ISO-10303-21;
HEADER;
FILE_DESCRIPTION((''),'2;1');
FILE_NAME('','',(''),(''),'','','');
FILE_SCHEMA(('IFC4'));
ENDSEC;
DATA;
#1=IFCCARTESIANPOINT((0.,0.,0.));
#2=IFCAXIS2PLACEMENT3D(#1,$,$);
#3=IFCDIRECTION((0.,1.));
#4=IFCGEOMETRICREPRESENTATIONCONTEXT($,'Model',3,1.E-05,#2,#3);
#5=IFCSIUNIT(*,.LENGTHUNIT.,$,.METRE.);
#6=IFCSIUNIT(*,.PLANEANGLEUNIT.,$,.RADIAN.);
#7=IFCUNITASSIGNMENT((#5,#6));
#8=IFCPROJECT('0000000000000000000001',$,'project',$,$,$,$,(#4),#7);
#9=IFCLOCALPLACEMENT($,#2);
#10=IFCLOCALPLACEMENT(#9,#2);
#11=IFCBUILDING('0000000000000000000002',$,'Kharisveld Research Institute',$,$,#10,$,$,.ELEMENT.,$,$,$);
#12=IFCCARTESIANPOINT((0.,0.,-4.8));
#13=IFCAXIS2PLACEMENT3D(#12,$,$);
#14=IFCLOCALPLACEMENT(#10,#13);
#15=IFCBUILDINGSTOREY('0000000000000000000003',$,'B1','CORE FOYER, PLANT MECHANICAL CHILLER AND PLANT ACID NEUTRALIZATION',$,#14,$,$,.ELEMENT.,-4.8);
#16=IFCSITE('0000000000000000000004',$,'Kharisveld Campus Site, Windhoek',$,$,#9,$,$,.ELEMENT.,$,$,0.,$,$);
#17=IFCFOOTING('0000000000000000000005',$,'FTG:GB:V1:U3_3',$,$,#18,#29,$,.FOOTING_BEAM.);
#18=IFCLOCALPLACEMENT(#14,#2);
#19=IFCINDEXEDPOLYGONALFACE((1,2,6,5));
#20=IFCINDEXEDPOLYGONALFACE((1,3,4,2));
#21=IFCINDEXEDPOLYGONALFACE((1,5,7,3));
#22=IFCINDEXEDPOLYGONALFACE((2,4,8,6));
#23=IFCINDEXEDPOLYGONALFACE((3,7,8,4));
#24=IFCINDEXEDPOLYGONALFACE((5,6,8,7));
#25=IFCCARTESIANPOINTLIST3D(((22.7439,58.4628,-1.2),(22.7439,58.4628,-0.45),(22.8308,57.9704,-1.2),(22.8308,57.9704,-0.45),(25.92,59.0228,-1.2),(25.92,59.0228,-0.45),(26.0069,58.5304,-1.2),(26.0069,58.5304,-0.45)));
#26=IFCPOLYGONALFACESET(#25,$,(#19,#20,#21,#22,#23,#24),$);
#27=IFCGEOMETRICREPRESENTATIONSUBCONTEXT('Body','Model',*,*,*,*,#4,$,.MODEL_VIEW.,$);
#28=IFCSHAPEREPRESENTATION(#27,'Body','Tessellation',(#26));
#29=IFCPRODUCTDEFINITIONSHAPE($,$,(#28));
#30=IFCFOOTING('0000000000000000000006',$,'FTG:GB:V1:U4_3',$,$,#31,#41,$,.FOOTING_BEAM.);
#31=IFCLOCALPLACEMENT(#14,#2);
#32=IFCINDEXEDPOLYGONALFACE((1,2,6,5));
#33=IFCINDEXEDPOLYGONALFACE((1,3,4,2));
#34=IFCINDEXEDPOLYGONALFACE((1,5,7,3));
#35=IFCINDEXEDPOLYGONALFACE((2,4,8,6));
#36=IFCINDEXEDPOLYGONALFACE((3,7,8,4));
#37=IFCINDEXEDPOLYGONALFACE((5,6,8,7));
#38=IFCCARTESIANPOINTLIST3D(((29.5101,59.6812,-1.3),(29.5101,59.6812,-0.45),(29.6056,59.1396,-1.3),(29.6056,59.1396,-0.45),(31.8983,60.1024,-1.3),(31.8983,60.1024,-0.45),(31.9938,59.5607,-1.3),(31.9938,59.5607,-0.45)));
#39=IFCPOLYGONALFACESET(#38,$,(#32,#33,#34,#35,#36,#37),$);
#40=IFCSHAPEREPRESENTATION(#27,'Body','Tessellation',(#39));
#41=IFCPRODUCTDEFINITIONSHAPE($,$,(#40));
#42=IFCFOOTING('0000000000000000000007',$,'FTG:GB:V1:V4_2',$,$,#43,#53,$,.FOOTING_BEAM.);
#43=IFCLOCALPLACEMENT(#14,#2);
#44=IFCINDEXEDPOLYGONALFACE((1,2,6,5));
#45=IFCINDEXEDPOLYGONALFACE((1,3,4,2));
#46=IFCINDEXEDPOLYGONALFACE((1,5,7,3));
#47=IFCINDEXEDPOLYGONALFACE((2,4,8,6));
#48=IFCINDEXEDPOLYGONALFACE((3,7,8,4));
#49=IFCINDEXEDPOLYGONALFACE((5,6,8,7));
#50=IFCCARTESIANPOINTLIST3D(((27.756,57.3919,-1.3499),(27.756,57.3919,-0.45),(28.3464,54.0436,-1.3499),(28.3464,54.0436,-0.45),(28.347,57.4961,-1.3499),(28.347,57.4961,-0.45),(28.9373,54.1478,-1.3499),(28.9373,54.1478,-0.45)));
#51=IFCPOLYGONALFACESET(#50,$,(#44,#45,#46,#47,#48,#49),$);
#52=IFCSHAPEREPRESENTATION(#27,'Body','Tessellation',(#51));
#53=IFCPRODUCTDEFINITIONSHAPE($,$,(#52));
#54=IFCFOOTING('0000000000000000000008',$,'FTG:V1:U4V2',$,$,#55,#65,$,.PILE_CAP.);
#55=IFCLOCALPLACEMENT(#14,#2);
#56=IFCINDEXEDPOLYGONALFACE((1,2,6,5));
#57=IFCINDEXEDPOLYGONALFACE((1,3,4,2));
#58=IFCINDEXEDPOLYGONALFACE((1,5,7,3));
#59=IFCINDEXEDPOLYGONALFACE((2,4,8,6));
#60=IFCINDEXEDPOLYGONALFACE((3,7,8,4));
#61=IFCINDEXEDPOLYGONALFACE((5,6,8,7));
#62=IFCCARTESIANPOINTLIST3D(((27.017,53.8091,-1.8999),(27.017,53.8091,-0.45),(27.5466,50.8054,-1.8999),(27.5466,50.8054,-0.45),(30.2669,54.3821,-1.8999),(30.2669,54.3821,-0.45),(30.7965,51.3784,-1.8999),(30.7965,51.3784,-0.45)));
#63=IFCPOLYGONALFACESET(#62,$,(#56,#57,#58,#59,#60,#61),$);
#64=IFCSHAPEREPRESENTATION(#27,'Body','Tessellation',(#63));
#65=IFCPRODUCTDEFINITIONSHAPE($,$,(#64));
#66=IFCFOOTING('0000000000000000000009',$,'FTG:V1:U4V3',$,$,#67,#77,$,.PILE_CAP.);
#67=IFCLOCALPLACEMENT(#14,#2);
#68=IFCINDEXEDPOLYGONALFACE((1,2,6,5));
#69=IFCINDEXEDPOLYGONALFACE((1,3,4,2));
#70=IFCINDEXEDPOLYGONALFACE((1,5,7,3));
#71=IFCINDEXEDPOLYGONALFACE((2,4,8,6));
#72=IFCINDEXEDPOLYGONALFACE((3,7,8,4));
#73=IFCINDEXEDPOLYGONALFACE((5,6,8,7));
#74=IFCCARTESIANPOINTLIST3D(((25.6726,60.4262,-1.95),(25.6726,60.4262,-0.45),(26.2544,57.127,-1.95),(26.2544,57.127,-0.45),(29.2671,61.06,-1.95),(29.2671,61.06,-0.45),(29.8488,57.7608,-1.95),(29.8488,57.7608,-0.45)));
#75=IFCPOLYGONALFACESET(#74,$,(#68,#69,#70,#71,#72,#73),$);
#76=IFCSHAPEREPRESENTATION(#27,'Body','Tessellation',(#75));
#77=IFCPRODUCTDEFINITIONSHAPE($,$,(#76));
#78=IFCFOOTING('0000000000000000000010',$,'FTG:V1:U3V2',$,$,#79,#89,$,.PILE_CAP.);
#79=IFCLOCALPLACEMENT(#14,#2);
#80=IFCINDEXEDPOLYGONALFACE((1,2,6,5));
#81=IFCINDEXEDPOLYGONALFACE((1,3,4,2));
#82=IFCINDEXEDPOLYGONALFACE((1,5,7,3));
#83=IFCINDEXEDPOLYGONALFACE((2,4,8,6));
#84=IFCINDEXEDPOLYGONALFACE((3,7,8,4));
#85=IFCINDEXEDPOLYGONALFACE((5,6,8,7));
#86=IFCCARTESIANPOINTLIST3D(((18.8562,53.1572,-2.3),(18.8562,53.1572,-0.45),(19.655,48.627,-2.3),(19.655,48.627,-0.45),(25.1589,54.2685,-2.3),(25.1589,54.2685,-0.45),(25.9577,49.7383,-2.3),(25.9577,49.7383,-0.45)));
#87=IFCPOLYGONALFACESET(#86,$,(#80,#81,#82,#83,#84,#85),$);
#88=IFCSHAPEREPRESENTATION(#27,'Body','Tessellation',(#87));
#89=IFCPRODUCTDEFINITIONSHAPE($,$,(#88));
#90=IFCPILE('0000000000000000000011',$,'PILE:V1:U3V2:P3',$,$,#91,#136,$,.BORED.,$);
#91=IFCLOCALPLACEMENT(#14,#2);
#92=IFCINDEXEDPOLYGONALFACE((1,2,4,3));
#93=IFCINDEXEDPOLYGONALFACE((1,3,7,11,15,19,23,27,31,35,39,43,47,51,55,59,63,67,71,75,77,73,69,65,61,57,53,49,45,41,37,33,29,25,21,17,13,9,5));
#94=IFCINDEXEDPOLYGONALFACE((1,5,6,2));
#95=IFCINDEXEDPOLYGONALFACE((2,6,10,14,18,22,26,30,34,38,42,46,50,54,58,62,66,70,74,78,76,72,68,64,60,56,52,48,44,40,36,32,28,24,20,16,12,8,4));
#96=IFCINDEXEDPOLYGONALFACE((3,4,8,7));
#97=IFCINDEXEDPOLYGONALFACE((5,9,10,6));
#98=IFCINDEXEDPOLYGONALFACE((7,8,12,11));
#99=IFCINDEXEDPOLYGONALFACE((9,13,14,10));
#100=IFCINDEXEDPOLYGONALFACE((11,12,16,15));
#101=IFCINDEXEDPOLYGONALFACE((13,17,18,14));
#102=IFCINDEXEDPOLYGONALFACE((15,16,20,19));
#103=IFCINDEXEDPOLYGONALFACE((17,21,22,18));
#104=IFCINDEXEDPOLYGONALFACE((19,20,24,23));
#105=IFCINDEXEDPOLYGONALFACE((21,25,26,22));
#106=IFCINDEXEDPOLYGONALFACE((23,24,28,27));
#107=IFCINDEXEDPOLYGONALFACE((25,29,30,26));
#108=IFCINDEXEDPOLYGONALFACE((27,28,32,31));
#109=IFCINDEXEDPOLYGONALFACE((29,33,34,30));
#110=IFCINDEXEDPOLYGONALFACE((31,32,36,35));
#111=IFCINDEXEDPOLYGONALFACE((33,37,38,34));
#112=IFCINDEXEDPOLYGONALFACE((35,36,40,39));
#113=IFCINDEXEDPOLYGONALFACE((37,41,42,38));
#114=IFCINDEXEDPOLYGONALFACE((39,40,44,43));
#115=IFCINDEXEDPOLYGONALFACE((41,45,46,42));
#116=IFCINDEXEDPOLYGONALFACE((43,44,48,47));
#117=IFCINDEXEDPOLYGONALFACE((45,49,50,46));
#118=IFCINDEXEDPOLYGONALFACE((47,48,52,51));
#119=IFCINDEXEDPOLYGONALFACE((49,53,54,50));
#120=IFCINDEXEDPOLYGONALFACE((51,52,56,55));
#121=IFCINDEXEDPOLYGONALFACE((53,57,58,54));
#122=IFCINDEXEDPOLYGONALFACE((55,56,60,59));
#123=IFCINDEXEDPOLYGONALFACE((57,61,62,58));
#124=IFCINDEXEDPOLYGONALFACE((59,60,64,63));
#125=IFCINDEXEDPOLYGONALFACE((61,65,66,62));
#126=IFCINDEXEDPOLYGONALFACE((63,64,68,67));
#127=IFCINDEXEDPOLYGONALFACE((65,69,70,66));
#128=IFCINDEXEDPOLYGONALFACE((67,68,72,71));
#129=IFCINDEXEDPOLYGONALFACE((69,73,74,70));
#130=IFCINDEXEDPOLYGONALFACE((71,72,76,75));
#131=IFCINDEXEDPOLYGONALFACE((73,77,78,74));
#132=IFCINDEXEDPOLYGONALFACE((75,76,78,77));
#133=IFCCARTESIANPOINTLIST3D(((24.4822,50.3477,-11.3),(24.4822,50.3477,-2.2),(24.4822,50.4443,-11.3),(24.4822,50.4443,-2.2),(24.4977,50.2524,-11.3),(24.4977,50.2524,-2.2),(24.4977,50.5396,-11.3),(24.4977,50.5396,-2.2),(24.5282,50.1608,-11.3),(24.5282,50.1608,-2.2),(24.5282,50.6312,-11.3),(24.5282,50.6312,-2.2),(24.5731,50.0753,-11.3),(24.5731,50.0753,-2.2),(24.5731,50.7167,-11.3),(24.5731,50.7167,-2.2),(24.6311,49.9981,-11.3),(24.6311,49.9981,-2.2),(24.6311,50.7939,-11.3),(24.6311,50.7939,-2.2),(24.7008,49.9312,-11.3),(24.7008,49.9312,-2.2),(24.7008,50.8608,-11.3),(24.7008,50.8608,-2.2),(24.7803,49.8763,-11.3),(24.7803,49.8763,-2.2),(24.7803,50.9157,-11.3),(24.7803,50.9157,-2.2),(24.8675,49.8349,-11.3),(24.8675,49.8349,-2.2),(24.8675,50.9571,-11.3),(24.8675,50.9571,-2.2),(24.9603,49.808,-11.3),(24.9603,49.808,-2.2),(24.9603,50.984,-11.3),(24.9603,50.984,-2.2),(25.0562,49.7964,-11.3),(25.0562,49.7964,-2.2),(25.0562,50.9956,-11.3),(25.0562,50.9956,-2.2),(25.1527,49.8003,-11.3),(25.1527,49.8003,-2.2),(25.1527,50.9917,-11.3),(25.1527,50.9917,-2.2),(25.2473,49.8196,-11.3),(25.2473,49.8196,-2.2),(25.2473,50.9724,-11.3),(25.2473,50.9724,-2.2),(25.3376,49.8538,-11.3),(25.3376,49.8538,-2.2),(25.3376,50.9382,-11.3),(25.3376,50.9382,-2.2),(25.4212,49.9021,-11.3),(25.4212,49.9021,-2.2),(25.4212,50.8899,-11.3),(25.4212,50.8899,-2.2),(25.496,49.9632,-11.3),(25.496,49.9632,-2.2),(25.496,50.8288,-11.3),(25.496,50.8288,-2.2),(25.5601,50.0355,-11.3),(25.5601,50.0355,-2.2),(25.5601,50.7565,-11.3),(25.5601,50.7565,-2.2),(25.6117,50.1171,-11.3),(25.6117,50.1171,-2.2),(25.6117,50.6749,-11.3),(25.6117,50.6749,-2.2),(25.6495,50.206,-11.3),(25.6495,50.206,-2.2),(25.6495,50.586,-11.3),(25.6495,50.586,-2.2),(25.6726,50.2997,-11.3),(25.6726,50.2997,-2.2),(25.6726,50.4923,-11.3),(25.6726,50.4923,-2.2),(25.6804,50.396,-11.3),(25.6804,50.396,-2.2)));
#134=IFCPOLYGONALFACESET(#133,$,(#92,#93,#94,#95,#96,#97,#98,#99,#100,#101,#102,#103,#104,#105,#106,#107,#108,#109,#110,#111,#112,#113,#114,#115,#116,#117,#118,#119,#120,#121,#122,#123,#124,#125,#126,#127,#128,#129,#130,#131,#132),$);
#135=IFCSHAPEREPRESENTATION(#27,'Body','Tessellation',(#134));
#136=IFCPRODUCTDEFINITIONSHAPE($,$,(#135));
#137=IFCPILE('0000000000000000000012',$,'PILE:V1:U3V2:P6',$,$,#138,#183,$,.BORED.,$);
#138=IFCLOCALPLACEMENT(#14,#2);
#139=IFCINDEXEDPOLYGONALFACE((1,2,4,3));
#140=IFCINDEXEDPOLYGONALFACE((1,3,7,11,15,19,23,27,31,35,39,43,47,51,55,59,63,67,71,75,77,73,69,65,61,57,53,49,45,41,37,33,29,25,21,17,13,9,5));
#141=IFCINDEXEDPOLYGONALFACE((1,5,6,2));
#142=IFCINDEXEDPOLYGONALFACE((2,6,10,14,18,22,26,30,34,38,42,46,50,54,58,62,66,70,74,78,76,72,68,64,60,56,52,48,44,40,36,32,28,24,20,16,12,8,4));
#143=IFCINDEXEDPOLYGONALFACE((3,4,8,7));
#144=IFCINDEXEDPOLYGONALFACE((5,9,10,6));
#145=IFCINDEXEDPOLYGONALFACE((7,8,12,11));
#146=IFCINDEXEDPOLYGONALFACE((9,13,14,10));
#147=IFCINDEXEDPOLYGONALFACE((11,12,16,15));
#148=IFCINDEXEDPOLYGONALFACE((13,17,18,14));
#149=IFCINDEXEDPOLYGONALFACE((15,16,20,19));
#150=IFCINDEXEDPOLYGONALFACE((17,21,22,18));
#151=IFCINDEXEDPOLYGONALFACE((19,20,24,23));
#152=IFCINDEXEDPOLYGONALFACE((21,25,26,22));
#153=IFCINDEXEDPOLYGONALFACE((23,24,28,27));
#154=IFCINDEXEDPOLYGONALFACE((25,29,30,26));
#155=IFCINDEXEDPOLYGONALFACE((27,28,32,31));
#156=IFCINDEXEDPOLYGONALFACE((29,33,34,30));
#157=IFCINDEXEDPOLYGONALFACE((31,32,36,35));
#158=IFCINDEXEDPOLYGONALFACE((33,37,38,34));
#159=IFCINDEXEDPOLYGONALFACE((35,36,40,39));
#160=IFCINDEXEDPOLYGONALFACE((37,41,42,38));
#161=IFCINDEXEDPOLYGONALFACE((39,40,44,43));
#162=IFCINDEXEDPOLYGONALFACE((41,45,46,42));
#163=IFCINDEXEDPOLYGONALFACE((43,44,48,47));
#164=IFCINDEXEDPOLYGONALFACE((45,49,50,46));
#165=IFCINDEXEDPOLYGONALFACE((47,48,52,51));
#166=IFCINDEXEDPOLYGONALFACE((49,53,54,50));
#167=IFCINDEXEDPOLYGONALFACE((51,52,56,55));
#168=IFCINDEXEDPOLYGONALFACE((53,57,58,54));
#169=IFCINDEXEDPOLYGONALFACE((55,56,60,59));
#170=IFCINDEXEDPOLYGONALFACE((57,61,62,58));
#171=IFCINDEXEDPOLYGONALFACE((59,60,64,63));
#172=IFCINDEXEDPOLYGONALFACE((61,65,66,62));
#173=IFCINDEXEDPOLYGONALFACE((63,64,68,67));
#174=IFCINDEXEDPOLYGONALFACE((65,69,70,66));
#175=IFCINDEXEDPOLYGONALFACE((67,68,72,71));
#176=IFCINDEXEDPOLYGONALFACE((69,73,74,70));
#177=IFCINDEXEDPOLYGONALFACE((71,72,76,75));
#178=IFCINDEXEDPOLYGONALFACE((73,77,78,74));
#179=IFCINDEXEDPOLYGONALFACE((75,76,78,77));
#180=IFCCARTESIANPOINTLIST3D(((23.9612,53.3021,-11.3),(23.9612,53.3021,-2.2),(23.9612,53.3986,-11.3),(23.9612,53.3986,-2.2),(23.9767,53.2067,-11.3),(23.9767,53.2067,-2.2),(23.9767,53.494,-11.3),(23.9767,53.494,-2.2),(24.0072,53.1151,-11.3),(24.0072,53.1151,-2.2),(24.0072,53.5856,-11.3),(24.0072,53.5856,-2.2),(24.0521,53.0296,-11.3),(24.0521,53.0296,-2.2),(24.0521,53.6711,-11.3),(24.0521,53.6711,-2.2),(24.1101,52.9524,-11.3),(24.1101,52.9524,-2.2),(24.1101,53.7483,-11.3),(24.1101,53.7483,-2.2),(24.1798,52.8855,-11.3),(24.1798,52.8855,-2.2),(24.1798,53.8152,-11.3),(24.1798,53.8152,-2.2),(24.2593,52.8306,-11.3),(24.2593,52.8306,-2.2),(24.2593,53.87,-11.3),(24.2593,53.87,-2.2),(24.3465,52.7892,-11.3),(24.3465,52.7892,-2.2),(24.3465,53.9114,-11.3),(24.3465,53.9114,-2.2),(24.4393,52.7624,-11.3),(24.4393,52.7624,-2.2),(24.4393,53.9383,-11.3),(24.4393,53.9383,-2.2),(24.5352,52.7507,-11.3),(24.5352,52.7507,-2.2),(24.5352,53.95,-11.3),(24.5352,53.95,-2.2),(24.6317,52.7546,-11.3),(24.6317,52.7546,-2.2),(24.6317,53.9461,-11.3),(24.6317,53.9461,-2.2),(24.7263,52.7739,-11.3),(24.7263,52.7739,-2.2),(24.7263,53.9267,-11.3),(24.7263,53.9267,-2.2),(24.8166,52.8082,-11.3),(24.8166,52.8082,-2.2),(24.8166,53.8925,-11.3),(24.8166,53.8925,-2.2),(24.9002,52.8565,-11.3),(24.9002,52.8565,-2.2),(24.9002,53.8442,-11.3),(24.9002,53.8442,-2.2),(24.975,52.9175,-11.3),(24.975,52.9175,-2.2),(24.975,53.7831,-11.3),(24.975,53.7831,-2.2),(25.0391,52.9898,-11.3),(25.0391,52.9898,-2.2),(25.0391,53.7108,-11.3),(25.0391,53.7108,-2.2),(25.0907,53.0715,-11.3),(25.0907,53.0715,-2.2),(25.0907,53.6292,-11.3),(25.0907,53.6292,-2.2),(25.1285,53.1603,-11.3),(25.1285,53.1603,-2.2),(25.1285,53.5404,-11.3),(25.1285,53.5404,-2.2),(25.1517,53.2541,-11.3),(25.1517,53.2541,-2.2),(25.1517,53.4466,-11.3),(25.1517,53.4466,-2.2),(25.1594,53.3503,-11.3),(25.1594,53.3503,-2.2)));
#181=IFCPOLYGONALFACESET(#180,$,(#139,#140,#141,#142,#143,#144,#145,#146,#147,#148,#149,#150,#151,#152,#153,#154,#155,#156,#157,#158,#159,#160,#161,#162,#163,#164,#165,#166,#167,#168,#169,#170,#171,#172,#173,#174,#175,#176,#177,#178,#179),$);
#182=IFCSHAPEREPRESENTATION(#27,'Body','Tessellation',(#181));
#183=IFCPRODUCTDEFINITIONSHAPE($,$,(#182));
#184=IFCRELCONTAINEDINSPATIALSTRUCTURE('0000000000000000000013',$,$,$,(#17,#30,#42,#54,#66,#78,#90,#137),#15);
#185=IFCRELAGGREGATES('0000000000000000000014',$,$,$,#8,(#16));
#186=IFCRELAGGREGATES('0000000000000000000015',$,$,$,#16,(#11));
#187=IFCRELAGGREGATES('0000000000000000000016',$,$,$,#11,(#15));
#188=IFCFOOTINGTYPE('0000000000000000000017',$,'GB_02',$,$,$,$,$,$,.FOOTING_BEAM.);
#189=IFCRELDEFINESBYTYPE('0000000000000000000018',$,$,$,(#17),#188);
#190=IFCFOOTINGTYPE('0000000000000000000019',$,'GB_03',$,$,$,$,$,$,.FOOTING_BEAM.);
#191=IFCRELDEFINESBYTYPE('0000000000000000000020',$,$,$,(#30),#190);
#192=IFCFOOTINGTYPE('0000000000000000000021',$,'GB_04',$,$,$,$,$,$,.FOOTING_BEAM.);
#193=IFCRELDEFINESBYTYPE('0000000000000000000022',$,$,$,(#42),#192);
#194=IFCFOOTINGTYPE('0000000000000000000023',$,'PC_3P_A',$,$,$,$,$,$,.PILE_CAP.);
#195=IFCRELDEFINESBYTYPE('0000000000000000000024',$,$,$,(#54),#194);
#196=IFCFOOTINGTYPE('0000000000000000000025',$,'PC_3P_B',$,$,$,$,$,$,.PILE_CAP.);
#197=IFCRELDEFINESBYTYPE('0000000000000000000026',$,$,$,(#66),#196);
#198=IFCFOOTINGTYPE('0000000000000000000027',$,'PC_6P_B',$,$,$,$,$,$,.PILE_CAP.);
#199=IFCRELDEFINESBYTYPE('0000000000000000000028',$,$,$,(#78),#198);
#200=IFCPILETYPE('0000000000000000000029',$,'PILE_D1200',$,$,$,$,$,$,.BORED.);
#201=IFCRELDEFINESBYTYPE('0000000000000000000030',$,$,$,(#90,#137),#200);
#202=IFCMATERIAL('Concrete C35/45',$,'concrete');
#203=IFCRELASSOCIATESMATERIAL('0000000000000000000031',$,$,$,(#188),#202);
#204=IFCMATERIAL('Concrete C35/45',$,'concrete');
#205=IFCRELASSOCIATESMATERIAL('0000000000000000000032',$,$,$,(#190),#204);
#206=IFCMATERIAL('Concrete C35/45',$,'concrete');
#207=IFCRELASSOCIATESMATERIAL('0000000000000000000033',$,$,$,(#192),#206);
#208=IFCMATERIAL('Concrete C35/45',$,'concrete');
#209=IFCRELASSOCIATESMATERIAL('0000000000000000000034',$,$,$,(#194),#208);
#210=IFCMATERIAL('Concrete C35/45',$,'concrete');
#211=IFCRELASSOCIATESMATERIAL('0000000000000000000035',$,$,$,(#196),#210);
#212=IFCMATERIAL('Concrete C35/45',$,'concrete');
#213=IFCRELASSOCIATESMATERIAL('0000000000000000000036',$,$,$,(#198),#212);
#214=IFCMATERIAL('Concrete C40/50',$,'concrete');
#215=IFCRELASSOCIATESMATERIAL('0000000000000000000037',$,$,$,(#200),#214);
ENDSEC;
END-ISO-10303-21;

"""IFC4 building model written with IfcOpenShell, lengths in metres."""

from ifc_helpers import new_model, si_unit, direction, frame, origin, origin_2d, place, context, subcontext, project, spatial, rectangle, circle, extrude, material, material_profile, profile_set, type_object, element, save


model = new_model("IFC4")

# Units and contexts
model_context = context("Model", 3, precision=1e-05, world=origin(), true_north=direction((0.0, 1.0)))
body_context = subcontext(model_context, "Body", "Model", "MODEL_VIEW")
ifc_project = project(units=[si_unit("LENGTHUNIT", "METRE"), si_unit("PLANEANGLEUNIT", "RADIAN")], contexts=[model_context])

# Site, building, storey
site_placement = place(None, origin())
site = spatial("IfcSite", under=ifc_project, at=site_placement, Name="Kharisveld Campus Site, Windhoek", CompositionType="ELEMENT", RefElevation=0.0)
building_placement = place(site_placement, origin())
building = spatial("IfcBuilding", under=site, at=building_placement, Name="Kharisveld Research Institute", CompositionType="ELEMENT")
storey_placement = place(building_placement, frame((0.0, 0.0, -4.8)))
storey = spatial("IfcBuildingStorey", under=building, at=storey_placement, Name="B1", Description="CORE FOYER, PLANT MECHANICAL CHILLER AND PLANT ACID NEUTRALIZATION", CompositionType="ELEMENT", Elevation=-4.8)

# Footings
ifc_material_1 = material(Name="Concrete C35/45", Category="concrete")
ifc_material_profile_1 = material_profile(ifc_material_1, rectangle(XDim=0.5, YDim=0.75, at=origin_2d()))
ifc_profile_set_1 = profile_set([ifc_material_profile_1], Name="Concrete C35/45")
footing_type_1 = type_object("IfcFootingType", Name="GB_02", PredefinedType="FOOTING_BEAM", material=ifc_profile_set_1)
footing_1_placement = place(storey_placement, frame((22.7874, 58.2166, -0.825), z_axis=(0.984806, 0.17366, 0.0), x_axis=(-0.17366, 0.984806, 0.0)))
element("IfcFooting", 1, at=footing_1_placement, inside=storey, type_object=footing_type_1, Name="FTG:GB:V1:U3_3", PredefinedType="FOOTING_BEAM", context=body_context, shape_type="SweptSolid", body=[
    extrude(rectangle(XDim=0.5, YDim=0.75, at=origin_2d()), origin(), (0.0, 0.0, 1.0), 3.2251),
])
ifc_material_2 = material(Name="Concrete C35/45", Category="concrete")
ifc_material_profile_2 = material_profile(ifc_material_2, rectangle(XDim=0.55, YDim=0.8501, at=origin_2d()))
ifc_profile_set_2 = profile_set([ifc_material_profile_2], Name="Concrete C35/45")
footing_type_2 = type_object("IfcFootingType", Name="GB_03", PredefinedType="FOOTING_BEAM", material=ifc_profile_set_2)
footing_2_placement = place(storey_placement, frame((29.5579, 59.4104, -0.875), z_axis=(0.984805, 0.173665, 0.0), x_axis=(-0.173665, 0.984805, 0.0)))
element("IfcFooting", 2, at=footing_2_placement, inside=storey, type_object=footing_type_2, Name="FTG:GB:V1:U4_3", PredefinedType="FOOTING_BEAM", context=body_context, shape_type="SweptSolid", body=[
    extrude(rectangle(XDim=0.55, YDim=0.8501, at=origin_2d()), origin(), (0.0, 0.0, 1.0), 2.425),
])
ifc_material_3 = material(Name="Concrete C35/45", Category="concrete")
ifc_material_profile_3 = material_profile(ifc_material_3, rectangle(XDim=0.6001, YDim=0.8999, at=origin_2d()))
ifc_profile_set_3 = profile_set([ifc_material_profile_3], Name="Concrete C35/45")
footing_type_3 = type_object("IfcFootingType", Name="GB_04", PredefinedType="FOOTING_BEAM", material=ifc_profile_set_3)
footing_3_placement = place(storey_placement, frame((28.6418, 54.0957, -0.8999), z_axis=(-0.173638, 0.98481, 0.0), x_axis=(-0.98481, -0.173638, 0.0)))
element("IfcFooting", 3, at=footing_3_placement, inside=storey, type_object=footing_type_3, Name="FTG:GB:V1:V4_2", PredefinedType="FOOTING_BEAM", context=body_context, shape_type="SweptSolid", body=[
    extrude(rectangle(XDim=0.6001, YDim=0.8999, at=origin_2d()), origin(), (0.0, 0.0, 1.0), 3.3999),
])
ifc_material_4 = material(Name="Concrete C35/45", Category="concrete")
footing_type_4 = type_object("IfcFootingType", Name="PC_3P_A", PredefinedType="PILE_CAP", material=ifc_material_4)
footing_4_placement = place(storey_placement, frame((28.9067, 52.5938, -1.8999), z_axis=(0.0, 0.0, 1.0), x_axis=(0.984808, 0.173648, 0.0)))
element("IfcFooting", 4, at=footing_4_placement, inside=storey, type_object=footing_type_4, Name="FTG:V1:U4V2", PredefinedType="PILE_CAP", context=body_context, shape_type="SweptSolid", body=[
    extrude(rectangle(XDim=3.3, YDim=3.05, at=origin_2d()), origin(), (0.0, 0.0, 1.0), 1.45),
])
ifc_material_5 = material(Name="Concrete C35/45", Category="concrete")
footing_type_5 = type_object("IfcFootingType", Name="PC_3P_B", PredefinedType="PILE_CAP", material=ifc_material_5)
footing_5_placement = place(storey_placement, frame((27.7607, 59.0935, -1.95), z_axis=(0.0, 0.0, 1.0), x_axis=(0.984808, 0.173648, 0.0)))
element("IfcFooting", 5, at=footing_5_placement, inside=storey, type_object=footing_type_5, Name="FTG:V1:U4V3", PredefinedType="PILE_CAP", context=body_context, shape_type="SweptSolid", body=[
    extrude(rectangle(XDim=3.6499, YDim=3.3501, at=origin_2d()), origin(), (0.0, 0.0, 1.0), 1.5),
])
ifc_material_6 = material(Name="Concrete C35/45", Category="concrete")
footing_type_6 = type_object("IfcFootingType", Name="PC_6P_B", PredefinedType="PILE_CAP", material=ifc_material_6)
footing_6_placement = place(storey_placement, frame((22.407, 51.4478, -2.3), z_axis=(0.0, 0.0, 1.0), x_axis=(0.984808, 0.173648, 0.0)))
element("IfcFooting", 6, at=footing_6_placement, inside=storey, type_object=footing_type_6, Name="FTG:V1:U3V2", PredefinedType="PILE_CAP", context=body_context, shape_type="SweptSolid", body=[
    extrude(rectangle(XDim=6.3999, YDim=4.6001, at=origin_2d()), origin(), (0.0, 0.0, 1.0), 1.8501),
])

# Piles
ifc_material_7 = material(Name="Concrete C40/50", Category="concrete")
ifc_material_profile_4 = material_profile(ifc_material_7, circle(Radius=0.6001, at=origin_2d()))
ifc_profile_set_4 = profile_set([ifc_material_profile_4], Name="Concrete C40/50")
pile_type_1 = type_object("IfcPileType", Name="PILE_D1200", PredefinedType="BORED", material=ifc_profile_set_4)
for number, where, z_axis, x_axis, name in (
    (7, (25.0803, 50.396, -2.2), (0.0, 0.0, -1.0), (1.0, 0.0, 0.0), "PILE:V1:U3V2:P3"),
    (8, (24.5593, 53.3503, -2.2), (0.0, 0.0, -1.0), (1.0, 0.0, 0.0), "PILE:V1:U3V2:P6"),
):
    element("IfcPile", number, at=place(storey_placement, frame(where, z_axis=z_axis, x_axis=x_axis)), inside=storey, type_object=pile_type_1, Name=name, PredefinedType="BORED", context=body_context, shape_type="SweptSolid", body=[
        extrude(circle(Radius=0.6001, at=origin_2d()), origin(), (0.0, 0.0, 1.0), 9.1001),
    ])

save(model, "model.ifc")
